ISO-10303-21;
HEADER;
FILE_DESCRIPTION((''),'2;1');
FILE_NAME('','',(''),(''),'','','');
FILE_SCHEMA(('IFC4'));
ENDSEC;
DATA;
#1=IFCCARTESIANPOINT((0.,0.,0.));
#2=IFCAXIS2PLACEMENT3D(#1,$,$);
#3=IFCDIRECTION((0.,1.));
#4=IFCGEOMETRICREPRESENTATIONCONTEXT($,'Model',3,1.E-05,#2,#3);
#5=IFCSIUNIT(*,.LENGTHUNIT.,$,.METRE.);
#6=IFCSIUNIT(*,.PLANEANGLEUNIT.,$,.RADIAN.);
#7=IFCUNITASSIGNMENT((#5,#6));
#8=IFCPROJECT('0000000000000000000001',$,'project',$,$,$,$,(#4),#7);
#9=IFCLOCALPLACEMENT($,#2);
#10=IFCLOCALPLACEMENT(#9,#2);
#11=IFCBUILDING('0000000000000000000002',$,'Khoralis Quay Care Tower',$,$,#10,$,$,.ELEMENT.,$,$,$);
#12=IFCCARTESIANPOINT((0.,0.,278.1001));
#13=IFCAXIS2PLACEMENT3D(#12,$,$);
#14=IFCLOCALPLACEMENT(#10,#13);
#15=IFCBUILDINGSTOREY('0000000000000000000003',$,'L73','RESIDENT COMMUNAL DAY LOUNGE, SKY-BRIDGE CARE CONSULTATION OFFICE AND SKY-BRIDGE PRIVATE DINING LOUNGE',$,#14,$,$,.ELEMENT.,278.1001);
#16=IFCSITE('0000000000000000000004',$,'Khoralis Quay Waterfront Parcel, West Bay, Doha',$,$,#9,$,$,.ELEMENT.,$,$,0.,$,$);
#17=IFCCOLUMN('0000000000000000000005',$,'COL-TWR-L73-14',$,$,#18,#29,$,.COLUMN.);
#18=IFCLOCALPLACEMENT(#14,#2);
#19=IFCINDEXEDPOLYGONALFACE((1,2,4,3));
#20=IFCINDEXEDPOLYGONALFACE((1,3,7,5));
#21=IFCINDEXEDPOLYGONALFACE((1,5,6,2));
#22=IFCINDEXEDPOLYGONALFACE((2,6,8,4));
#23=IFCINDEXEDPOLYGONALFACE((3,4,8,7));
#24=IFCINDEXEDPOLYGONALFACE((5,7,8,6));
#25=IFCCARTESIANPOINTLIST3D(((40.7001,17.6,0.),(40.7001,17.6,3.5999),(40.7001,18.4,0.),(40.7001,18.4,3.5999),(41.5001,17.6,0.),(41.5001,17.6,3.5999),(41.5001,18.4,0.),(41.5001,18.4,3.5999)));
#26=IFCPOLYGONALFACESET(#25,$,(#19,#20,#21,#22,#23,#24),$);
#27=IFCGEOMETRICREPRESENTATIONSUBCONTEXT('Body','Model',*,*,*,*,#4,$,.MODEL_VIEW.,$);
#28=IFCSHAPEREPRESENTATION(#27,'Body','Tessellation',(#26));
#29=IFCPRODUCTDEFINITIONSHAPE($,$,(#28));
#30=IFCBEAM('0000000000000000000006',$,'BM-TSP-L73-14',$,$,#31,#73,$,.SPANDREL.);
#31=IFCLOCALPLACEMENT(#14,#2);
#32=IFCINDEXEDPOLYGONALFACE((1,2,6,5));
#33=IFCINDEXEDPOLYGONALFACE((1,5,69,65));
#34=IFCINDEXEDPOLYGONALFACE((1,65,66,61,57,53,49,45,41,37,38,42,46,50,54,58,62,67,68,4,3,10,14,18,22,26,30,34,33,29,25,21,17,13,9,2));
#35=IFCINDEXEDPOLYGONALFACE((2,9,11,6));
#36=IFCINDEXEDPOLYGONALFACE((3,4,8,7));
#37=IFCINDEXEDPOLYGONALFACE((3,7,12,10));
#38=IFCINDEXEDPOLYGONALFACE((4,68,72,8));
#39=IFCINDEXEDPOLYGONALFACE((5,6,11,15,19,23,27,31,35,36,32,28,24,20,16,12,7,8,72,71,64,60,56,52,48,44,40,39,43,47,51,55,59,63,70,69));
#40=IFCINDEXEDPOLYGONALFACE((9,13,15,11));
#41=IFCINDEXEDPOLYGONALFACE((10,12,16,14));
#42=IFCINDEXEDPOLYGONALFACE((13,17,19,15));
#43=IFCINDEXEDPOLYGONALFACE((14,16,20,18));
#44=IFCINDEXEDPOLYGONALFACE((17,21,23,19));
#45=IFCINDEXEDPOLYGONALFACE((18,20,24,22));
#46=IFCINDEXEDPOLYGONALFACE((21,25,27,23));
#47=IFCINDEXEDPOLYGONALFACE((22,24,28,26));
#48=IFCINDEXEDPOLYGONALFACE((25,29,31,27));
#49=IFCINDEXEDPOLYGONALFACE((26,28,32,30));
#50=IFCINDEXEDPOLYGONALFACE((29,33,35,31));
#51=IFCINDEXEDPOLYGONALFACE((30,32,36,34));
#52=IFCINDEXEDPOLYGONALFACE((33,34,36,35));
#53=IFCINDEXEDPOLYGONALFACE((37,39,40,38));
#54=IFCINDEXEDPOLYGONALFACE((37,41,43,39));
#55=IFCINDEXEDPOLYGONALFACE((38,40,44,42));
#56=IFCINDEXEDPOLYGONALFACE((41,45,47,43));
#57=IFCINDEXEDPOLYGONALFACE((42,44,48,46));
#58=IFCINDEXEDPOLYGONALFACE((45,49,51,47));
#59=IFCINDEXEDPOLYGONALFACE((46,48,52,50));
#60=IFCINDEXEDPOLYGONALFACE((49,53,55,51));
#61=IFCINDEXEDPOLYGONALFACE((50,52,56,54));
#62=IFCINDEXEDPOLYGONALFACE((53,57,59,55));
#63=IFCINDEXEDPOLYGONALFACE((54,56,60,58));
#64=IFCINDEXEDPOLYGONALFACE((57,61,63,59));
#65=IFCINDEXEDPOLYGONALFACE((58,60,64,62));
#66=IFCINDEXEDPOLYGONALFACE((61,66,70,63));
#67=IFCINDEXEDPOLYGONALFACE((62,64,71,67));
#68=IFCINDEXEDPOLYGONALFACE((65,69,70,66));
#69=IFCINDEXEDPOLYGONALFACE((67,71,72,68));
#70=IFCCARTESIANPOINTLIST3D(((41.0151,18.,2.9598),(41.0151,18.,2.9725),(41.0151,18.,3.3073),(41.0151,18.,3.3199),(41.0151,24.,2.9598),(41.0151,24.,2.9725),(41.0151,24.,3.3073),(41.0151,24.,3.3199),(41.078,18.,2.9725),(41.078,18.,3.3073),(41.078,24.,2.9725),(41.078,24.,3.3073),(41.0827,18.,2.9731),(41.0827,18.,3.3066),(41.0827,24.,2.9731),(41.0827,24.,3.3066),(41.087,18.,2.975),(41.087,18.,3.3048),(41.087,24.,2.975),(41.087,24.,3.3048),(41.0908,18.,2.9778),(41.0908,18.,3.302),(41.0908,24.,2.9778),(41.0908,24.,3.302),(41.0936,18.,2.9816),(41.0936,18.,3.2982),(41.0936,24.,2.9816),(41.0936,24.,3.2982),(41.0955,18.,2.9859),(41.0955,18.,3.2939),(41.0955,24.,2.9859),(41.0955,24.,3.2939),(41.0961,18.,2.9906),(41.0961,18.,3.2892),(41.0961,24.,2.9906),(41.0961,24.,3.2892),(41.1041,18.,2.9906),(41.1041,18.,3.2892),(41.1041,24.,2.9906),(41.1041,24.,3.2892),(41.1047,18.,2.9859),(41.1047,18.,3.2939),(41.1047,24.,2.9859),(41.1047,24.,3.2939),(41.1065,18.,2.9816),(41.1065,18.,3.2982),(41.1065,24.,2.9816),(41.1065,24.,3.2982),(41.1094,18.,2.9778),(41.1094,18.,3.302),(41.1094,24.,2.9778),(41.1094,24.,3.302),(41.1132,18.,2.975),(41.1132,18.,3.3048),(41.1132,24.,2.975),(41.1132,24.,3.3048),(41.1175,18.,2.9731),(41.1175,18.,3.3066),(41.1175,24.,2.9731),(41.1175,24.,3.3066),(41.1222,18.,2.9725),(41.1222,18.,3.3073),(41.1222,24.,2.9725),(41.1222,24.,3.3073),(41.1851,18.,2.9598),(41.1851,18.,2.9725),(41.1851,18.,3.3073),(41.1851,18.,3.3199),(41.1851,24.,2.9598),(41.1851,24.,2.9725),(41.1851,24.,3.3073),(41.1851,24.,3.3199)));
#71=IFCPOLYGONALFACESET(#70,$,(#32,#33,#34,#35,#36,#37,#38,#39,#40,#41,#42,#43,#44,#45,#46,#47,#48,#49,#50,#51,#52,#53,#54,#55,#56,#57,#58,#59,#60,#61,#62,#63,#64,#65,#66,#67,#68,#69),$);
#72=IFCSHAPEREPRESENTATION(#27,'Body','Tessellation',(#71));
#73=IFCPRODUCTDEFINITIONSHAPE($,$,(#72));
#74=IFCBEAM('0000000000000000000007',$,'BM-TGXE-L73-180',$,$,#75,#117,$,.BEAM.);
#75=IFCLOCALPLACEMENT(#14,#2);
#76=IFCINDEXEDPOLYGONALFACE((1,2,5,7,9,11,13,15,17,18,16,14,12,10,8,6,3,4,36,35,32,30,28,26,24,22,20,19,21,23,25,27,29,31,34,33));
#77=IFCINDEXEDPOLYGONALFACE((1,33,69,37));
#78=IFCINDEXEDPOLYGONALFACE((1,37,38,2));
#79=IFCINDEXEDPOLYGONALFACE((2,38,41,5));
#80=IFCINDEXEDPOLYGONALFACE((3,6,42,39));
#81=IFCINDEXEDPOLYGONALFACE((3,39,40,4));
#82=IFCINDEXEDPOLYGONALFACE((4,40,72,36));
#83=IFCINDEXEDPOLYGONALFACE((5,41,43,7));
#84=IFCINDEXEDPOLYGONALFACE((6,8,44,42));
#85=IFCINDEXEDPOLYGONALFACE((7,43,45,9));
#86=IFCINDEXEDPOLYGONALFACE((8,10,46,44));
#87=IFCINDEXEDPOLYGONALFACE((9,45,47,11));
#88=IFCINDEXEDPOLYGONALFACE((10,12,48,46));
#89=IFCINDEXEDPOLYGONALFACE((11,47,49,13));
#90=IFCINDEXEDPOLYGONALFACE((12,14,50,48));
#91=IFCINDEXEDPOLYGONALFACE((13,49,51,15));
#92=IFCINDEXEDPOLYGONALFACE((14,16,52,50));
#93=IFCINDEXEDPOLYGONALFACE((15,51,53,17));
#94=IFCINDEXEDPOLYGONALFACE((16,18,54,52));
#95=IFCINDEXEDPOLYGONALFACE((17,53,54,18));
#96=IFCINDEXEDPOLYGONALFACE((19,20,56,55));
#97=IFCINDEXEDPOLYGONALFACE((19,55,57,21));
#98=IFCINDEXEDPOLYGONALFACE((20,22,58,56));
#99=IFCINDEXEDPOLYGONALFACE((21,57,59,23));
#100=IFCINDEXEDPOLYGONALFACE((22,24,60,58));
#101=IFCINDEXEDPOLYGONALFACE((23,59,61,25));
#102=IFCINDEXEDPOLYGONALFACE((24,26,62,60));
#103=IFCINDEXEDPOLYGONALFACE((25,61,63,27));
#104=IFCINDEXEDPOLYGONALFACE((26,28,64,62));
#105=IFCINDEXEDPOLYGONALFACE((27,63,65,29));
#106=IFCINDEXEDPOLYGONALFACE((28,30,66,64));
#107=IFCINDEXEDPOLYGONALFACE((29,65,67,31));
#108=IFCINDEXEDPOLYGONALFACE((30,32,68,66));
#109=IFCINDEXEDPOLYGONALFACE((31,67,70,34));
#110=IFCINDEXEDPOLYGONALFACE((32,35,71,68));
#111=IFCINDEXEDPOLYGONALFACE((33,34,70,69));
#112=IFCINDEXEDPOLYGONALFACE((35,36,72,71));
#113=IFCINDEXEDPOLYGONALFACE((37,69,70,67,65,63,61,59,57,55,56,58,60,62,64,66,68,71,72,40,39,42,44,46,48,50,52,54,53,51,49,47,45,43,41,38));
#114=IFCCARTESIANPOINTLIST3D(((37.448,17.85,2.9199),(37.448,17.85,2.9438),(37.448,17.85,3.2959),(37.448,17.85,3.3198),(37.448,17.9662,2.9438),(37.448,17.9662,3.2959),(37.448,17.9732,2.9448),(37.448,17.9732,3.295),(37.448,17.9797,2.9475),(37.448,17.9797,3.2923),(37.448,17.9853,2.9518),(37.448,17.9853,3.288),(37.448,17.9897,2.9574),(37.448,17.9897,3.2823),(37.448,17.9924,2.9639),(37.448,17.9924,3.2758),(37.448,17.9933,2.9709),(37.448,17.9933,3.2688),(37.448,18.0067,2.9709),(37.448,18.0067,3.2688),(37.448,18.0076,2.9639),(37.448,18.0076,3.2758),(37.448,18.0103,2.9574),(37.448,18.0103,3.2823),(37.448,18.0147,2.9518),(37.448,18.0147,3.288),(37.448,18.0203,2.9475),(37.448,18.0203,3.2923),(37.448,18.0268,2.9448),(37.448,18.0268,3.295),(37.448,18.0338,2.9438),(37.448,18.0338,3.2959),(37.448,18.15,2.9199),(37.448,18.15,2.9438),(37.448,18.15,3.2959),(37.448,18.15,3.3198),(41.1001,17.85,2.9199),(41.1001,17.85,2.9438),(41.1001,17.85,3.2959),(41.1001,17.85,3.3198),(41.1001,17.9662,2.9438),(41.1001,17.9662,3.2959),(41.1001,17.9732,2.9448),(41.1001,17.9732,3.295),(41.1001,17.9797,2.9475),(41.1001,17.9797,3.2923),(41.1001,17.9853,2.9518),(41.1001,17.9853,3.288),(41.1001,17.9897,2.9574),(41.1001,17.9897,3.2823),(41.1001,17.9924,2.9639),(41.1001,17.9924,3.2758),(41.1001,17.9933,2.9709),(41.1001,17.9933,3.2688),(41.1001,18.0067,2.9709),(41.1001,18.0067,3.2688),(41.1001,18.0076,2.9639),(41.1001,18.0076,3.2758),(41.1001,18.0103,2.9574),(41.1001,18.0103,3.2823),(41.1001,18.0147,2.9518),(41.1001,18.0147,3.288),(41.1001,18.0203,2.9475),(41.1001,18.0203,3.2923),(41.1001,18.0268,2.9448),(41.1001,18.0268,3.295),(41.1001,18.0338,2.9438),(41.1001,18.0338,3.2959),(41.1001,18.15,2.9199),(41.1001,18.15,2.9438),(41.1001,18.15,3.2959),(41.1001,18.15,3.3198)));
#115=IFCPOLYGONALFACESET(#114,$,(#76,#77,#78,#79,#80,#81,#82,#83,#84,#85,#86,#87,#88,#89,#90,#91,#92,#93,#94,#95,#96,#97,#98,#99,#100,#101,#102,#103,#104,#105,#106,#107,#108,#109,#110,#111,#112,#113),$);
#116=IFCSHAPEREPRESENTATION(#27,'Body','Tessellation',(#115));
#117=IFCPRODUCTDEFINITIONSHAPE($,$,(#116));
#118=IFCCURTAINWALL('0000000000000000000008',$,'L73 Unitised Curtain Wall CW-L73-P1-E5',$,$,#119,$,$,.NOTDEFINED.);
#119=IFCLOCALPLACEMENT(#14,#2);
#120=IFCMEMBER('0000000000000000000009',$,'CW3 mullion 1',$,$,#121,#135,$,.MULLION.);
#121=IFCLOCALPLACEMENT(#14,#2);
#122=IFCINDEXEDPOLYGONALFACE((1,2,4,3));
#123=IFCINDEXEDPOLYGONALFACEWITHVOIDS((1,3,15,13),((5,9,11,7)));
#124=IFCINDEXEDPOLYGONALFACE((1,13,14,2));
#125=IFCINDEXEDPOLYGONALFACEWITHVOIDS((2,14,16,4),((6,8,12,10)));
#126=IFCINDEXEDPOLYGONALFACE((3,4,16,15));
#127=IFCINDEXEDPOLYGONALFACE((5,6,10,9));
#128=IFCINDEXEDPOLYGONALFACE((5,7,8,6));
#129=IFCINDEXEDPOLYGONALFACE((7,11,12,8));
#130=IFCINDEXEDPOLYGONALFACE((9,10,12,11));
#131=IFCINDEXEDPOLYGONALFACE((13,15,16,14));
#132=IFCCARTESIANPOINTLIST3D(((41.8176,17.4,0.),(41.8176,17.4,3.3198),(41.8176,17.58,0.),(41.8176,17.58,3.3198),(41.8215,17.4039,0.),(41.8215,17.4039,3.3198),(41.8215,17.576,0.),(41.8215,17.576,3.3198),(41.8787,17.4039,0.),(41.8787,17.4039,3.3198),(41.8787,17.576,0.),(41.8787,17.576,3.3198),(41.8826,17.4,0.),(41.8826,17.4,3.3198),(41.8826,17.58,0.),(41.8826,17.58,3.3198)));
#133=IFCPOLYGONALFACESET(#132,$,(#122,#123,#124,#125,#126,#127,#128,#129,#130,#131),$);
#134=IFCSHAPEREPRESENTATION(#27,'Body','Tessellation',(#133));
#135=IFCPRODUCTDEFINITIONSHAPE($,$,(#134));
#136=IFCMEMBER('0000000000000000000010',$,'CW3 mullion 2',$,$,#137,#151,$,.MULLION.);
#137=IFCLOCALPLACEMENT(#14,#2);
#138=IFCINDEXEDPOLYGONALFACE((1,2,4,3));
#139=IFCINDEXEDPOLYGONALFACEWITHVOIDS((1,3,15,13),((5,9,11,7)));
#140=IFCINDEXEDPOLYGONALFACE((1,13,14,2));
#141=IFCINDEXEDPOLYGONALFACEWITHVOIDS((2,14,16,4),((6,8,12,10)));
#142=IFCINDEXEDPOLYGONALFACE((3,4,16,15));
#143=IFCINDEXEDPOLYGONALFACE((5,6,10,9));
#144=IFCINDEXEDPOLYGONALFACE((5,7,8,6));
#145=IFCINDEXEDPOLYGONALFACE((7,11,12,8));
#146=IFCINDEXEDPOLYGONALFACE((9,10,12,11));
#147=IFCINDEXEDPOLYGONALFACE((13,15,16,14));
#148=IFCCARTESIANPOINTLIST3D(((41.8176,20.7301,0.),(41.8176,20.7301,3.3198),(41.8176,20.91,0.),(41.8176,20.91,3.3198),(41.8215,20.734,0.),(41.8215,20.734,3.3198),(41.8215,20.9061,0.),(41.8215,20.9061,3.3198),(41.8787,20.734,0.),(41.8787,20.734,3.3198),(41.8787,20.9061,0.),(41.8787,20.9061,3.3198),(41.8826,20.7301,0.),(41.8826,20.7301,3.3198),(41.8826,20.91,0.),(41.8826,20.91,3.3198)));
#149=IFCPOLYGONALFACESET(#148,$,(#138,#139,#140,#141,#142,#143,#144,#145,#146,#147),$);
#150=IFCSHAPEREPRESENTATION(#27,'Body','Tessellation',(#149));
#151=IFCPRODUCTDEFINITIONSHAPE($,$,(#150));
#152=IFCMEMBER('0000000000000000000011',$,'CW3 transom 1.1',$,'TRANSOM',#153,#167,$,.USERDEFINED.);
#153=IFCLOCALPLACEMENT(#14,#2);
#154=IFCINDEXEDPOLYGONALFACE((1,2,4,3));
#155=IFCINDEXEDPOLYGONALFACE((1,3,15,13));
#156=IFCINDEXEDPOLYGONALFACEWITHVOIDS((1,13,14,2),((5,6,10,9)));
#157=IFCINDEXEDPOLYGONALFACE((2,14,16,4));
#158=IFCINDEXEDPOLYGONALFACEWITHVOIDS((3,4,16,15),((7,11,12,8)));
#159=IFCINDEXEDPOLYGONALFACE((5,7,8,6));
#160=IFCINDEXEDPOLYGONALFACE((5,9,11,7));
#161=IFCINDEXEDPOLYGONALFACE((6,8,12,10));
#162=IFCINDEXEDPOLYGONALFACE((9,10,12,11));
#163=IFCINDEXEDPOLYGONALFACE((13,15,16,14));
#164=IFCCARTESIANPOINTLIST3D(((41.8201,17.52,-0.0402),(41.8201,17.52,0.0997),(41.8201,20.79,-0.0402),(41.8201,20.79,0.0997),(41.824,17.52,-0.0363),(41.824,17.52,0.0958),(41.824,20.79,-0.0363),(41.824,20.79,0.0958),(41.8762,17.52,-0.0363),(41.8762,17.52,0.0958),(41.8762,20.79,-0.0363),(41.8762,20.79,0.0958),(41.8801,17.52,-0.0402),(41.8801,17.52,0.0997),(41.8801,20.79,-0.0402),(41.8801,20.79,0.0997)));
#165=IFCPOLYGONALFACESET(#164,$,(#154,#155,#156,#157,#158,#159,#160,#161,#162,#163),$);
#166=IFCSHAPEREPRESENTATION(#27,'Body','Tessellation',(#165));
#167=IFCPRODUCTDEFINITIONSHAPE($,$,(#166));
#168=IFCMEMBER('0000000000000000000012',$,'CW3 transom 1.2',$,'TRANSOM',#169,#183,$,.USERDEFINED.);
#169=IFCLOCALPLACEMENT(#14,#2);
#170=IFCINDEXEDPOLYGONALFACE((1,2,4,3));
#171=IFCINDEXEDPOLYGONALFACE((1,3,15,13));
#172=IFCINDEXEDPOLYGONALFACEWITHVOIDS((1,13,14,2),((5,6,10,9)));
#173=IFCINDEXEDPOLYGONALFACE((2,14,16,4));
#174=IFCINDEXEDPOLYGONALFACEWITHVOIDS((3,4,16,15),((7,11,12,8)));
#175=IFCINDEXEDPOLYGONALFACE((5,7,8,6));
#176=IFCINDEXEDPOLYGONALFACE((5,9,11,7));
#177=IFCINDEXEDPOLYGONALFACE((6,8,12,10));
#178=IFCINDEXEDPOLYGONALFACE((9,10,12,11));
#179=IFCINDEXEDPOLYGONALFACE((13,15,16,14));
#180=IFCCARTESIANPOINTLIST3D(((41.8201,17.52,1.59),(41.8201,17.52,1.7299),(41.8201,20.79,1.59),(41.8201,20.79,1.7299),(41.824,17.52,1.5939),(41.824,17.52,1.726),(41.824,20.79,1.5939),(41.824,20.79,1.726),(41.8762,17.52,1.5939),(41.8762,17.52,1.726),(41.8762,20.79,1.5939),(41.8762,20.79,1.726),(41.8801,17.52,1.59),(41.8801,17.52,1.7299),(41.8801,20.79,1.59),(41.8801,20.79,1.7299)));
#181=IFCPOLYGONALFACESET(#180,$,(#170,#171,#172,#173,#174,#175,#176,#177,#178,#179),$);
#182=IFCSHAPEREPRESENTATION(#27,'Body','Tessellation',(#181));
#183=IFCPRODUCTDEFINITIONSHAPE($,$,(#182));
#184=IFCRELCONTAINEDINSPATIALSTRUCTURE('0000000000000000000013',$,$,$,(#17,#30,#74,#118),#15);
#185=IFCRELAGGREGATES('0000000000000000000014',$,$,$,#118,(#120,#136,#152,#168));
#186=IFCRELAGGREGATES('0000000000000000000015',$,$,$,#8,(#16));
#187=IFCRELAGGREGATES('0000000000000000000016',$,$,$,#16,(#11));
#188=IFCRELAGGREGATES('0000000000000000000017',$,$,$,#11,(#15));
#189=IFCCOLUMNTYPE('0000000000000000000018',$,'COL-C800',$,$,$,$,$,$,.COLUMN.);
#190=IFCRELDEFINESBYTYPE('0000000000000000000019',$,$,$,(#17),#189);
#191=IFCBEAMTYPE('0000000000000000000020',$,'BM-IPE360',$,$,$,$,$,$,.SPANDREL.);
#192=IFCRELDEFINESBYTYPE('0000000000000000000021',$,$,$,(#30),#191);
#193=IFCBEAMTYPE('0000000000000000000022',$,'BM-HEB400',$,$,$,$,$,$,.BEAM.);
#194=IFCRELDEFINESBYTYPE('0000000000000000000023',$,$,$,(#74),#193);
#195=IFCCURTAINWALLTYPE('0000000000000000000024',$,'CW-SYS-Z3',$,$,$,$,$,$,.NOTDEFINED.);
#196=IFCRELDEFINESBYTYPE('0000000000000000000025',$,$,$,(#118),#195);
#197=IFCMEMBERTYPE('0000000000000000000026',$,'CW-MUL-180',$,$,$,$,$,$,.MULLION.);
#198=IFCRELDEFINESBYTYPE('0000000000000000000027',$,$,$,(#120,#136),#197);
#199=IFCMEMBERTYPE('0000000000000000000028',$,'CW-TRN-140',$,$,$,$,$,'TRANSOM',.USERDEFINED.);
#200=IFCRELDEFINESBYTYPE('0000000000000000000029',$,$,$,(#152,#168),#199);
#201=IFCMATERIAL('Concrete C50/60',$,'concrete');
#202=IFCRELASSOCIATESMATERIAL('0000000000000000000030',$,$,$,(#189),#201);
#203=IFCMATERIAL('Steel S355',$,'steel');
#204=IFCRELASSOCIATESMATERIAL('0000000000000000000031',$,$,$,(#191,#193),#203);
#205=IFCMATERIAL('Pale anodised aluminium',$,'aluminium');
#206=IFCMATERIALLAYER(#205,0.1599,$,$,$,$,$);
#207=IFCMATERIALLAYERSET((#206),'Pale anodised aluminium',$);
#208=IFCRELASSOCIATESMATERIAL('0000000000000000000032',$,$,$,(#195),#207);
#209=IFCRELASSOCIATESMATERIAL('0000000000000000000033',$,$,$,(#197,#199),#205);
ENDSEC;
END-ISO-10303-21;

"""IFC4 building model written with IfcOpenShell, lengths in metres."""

from ifc_helpers import new_model, si_unit, direction, frame, origin, origin_2d, place, context, subcontext, project, spatial, rectangle, hollow_rectangle, i_section, extrude, source, transform, mapped, material, layer, layer_set, material_profile, profile_set, type_object, element, aggregate, save


model = new_model("IFC4")

# Units and contexts
model_context = context("Model", 3, precision=1e-05, world=origin(), true_north=direction((0.0, 1.0)))
body_context = subcontext(model_context, "Body", "Model", "MODEL_VIEW")
ifc_project = project(units=[si_unit("LENGTHUNIT", "METRE"), si_unit("PLANEANGLEUNIT", "RADIAN")], contexts=[model_context])

# Site, building, storey
site_placement = place(None, origin())
site = spatial("IfcSite", under=ifc_project, at=site_placement, Name="Khoralis Quay Waterfront Parcel, West Bay, Doha", CompositionType="ELEMENT", RefElevation=0.0)
building_placement = place(site_placement, origin())
building = spatial("IfcBuilding", under=site, at=building_placement, Name="Khoralis Quay Care Tower", CompositionType="ELEMENT")
storey_placement = place(building_placement, frame((0.0, 0.0, 278.1001)))
storey = spatial("IfcBuildingStorey", under=building, at=storey_placement, Name="L73", Description="RESIDENT COMMUNAL DAY LOUNGE, SKY-BRIDGE CARE CONSULTATION OFFICE AND SKY-BRIDGE PRIVATE DINING LOUNGE", CompositionType="ELEMENT", Elevation=278.1001)

# Column
ifc_material_1 = material(Name="Concrete C50/60", Category="concrete")
ifc_material_profile_1 = material_profile(ifc_material_1, rectangle(XDim=0.8, YDim=0.8, at=origin_2d()), Name="Concrete C50/60")
ifc_profile_set_1 = profile_set([ifc_material_profile_1], Name="Concrete C50/60")
column_type = type_object("IfcColumnType", Name="COL-C800", PredefinedType="COLUMN", material=ifc_profile_set_1)
shared_shape_1 = source(origin(), body_context, "Body", "SweptSolid", [
    extrude(rectangle(XDim=0.8, YDim=0.8, at=origin_2d()), origin(), (0.0, 0.0, 1.0), 3.5999),
])
column_placement = place(storey_placement, frame((41.1001, 18.0, 0.0), z_axis=(0.0, 0.0, 1.0), x_axis=(1.0, 0.0, 0.0)))
element("IfcColumn", 1, at=column_placement, inside=storey, type_object=column_type, Name="COL-TWR-L73-14", PredefinedType="COLUMN", context=body_context, shape_type="MappedRepresentation", body=[
    mapped(shared_shape_1, transform((0.0, 0.0, 0.0), scale=1.0)),
])

# Beams
ifc_material_2 = material(Name="Steel S355", Category="steel")
ifc_material_profile_2 = material_profile(ifc_material_2, i_section(OverallWidth=0.1699, OverallDepth=0.3601, WebThickness=0.0081, FlangeThickness=0.0127, FilletRadius=0.0181, at=origin_2d()), Name="Steel S355")
ifc_profile_set_2 = profile_set([ifc_material_profile_2], Name="Steel S355")
beam_type_1 = type_object("IfcBeamType", Name="BM-IPE360", PredefinedType="SPANDREL", material=ifc_profile_set_2)
shared_shape_2 = source(origin(), body_context, "Body", "SweptSolid", [
    extrude(i_section(OverallWidth=0.1699, OverallDepth=0.3601, WebThickness=0.0081, FlangeThickness=0.0127, FilletRadius=0.0181, at=origin_2d()), origin(), (0.0, 0.0, 1.0), 6.0),
])
beam_1_placement = place(storey_placement, frame((41.1001, 18.0, 3.1399), z_axis=(0.0, 1.0, 0.0), x_axis=(-1.0, 0.0, 0.0)))
element("IfcBeam", 2, at=beam_1_placement, inside=storey, type_object=beam_type_1, Name="BM-TSP-L73-14", PredefinedType="SPANDREL", context=body_context, shape_type="MappedRepresentation", body=[
    mapped(shared_shape_2, transform((0.0, 0.0, 0.0), scale=1.0)),
])
ifc_material_profile_3 = material_profile(ifc_material_2, i_section(OverallWidth=0.3, OverallDepth=0.3999, WebThickness=0.0134, FlangeThickness=0.0239, FilletRadius=0.0271, at=origin_2d()), Name="Steel S355")
ifc_profile_set_3 = profile_set([ifc_material_profile_3], Name="Steel S355")
beam_type_2 = type_object("IfcBeamType", Name="BM-HEB400", PredefinedType="BEAM", material=ifc_profile_set_3)
shared_shape_3 = source(origin(), body_context, "Body", "SweptSolid", [
    extrude(i_section(OverallWidth=0.3, OverallDepth=0.3999, WebThickness=0.0134, FlangeThickness=0.0239, FilletRadius=0.0271, at=origin_2d()), origin(), (0.0, 0.0, 1.0), 3.6521),
])
beam_2_placement = place(storey_placement, frame((37.448, 18.0, 3.1199), z_axis=(1.0, 0.0, 0.0), x_axis=(0.0, 1.0, 0.0)))
element("IfcBeam", 3, at=beam_2_placement, inside=storey, type_object=beam_type_2, Name="BM-TGXE-L73-180", PredefinedType="BEAM", context=body_context, shape_type="MappedRepresentation", body=[
    mapped(shared_shape_3, transform((0.0, 0.0, 0.0), scale=1.0)),
])

# Curtain wall, members
ifc_material_3 = material(Name="Pale anodised aluminium", Category="aluminium")
ifc_layer_1 = layer(ifc_material_3, 0.1599)
ifc_layer_set_1 = layer_set([ifc_layer_1], Name="Pale anodised aluminium")
curtain_wall_type = type_object("IfcCurtainWallType", Name="CW-SYS-Z3", PredefinedType="NOTDEFINED", material=ifc_layer_set_1)
curtain_wall_placement = place(storey_placement, origin())
curtain_wall = element("IfcCurtainWall", 4, at=curtain_wall_placement, inside=storey, type_object=curtain_wall_type, Name="L73 Unitised Curtain Wall CW-L73-P1-E5", PredefinedType="NOTDEFINED")
ifc_material_profile_4 = material_profile(ifc_material_3, hollow_rectangle(XDim=0.0649, YDim=0.1799, WallThickness=0.0039, at=origin_2d()), Name="Pale anodised aluminium")
ifc_profile_set_4 = profile_set([ifc_material_profile_4], Name="Pale anodised aluminium")
member_type_1 = type_object("IfcMemberType", Name="CW-MUL-180", PredefinedType="MULLION", material=ifc_profile_set_4)
shared_shape_4 = source(origin(), body_context, "Body", "SweptSolid", [
    extrude(hollow_rectangle(XDim=0.0649, YDim=0.1799, WallThickness=0.0039, at=origin_2d()), origin(), (0.0, 0.0, 1.0), 3.3198),
])
member_1_placement = place(storey_placement, frame((41.8501, 17.49, 0.0), z_axis=(0.0, 0.0, 1.0), x_axis=(-1.0, 0.0, 0.0)))
member_1 = element("IfcMember", 5, at=member_1_placement, type_object=member_type_1, Name="CW3 mullion 1", PredefinedType="MULLION", context=body_context, shape_type="MappedRepresentation", body=[
    mapped(shared_shape_4, transform((0.0, 0.0, 0.0), scale=1.0)),
])
member_2_placement = place(storey_placement, frame((41.8501, 20.8201, 0.0), z_axis=(0.0, 0.0, 1.0), x_axis=(-1.0, 0.0, 0.0)))
member_2 = element("IfcMember", 6, at=member_2_placement, type_object=member_type_1, Name="CW3 mullion 2", PredefinedType="MULLION", context=body_context, shape_type="MappedRepresentation", body=[
    mapped(shared_shape_4, transform((0.0, 0.0, 0.0), scale=1.0)),
])
ifc_material_profile_5 = material_profile(ifc_material_3, hollow_rectangle(XDim=0.0601, YDim=0.1399, WallThickness=0.0039, at=origin_2d()), Name="Pale anodised aluminium")
ifc_profile_set_5 = profile_set([ifc_material_profile_5], Name="Pale anodised aluminium")
member_type_2 = type_object("IfcMemberType", Name="CW-TRN-140", ElementType="TRANSOM", PredefinedType="USERDEFINED", material=ifc_profile_set_5)
shared_shape_5 = source(origin(), body_context, "Body", "SweptSolid", [
    extrude(hollow_rectangle(XDim=0.0601, YDim=0.1399, WallThickness=0.0039, at=origin_2d()), origin(), (0.0, 0.0, 1.0), 3.27),
])
member_3_placement = place(storey_placement, frame((41.8501, 17.52, 0.0298), z_axis=(0.0, 1.0, 0.0), x_axis=(-1.0, 0.0, 0.0)))
member_3 = element("IfcMember", 7, at=member_3_placement, type_object=member_type_2, Name="CW3 transom 1.1", ObjectType="TRANSOM", PredefinedType="USERDEFINED", context=body_context, shape_type="MappedRepresentation", body=[
    mapped(shared_shape_5, transform((0.0, 0.0, 0.0), scale=1.0)),
])
member_4_placement = place(storey_placement, frame((41.8501, 17.52, 1.6599), z_axis=(0.0, 1.0, 0.0), x_axis=(-1.0, 0.0, 0.0)))
member_4 = element("IfcMember", 8, at=member_4_placement, type_object=member_type_2, Name="CW3 transom 1.2", ObjectType="TRANSOM", PredefinedType="USERDEFINED", context=body_context, shape_type="MappedRepresentation", body=[
    mapped(shared_shape_5, transform((0.0, 0.0, 0.0), scale=1.0)),
])
aggregate(curtain_wall, [member_1, member_2, member_3, member_4])

save(model, "model.ifc")
